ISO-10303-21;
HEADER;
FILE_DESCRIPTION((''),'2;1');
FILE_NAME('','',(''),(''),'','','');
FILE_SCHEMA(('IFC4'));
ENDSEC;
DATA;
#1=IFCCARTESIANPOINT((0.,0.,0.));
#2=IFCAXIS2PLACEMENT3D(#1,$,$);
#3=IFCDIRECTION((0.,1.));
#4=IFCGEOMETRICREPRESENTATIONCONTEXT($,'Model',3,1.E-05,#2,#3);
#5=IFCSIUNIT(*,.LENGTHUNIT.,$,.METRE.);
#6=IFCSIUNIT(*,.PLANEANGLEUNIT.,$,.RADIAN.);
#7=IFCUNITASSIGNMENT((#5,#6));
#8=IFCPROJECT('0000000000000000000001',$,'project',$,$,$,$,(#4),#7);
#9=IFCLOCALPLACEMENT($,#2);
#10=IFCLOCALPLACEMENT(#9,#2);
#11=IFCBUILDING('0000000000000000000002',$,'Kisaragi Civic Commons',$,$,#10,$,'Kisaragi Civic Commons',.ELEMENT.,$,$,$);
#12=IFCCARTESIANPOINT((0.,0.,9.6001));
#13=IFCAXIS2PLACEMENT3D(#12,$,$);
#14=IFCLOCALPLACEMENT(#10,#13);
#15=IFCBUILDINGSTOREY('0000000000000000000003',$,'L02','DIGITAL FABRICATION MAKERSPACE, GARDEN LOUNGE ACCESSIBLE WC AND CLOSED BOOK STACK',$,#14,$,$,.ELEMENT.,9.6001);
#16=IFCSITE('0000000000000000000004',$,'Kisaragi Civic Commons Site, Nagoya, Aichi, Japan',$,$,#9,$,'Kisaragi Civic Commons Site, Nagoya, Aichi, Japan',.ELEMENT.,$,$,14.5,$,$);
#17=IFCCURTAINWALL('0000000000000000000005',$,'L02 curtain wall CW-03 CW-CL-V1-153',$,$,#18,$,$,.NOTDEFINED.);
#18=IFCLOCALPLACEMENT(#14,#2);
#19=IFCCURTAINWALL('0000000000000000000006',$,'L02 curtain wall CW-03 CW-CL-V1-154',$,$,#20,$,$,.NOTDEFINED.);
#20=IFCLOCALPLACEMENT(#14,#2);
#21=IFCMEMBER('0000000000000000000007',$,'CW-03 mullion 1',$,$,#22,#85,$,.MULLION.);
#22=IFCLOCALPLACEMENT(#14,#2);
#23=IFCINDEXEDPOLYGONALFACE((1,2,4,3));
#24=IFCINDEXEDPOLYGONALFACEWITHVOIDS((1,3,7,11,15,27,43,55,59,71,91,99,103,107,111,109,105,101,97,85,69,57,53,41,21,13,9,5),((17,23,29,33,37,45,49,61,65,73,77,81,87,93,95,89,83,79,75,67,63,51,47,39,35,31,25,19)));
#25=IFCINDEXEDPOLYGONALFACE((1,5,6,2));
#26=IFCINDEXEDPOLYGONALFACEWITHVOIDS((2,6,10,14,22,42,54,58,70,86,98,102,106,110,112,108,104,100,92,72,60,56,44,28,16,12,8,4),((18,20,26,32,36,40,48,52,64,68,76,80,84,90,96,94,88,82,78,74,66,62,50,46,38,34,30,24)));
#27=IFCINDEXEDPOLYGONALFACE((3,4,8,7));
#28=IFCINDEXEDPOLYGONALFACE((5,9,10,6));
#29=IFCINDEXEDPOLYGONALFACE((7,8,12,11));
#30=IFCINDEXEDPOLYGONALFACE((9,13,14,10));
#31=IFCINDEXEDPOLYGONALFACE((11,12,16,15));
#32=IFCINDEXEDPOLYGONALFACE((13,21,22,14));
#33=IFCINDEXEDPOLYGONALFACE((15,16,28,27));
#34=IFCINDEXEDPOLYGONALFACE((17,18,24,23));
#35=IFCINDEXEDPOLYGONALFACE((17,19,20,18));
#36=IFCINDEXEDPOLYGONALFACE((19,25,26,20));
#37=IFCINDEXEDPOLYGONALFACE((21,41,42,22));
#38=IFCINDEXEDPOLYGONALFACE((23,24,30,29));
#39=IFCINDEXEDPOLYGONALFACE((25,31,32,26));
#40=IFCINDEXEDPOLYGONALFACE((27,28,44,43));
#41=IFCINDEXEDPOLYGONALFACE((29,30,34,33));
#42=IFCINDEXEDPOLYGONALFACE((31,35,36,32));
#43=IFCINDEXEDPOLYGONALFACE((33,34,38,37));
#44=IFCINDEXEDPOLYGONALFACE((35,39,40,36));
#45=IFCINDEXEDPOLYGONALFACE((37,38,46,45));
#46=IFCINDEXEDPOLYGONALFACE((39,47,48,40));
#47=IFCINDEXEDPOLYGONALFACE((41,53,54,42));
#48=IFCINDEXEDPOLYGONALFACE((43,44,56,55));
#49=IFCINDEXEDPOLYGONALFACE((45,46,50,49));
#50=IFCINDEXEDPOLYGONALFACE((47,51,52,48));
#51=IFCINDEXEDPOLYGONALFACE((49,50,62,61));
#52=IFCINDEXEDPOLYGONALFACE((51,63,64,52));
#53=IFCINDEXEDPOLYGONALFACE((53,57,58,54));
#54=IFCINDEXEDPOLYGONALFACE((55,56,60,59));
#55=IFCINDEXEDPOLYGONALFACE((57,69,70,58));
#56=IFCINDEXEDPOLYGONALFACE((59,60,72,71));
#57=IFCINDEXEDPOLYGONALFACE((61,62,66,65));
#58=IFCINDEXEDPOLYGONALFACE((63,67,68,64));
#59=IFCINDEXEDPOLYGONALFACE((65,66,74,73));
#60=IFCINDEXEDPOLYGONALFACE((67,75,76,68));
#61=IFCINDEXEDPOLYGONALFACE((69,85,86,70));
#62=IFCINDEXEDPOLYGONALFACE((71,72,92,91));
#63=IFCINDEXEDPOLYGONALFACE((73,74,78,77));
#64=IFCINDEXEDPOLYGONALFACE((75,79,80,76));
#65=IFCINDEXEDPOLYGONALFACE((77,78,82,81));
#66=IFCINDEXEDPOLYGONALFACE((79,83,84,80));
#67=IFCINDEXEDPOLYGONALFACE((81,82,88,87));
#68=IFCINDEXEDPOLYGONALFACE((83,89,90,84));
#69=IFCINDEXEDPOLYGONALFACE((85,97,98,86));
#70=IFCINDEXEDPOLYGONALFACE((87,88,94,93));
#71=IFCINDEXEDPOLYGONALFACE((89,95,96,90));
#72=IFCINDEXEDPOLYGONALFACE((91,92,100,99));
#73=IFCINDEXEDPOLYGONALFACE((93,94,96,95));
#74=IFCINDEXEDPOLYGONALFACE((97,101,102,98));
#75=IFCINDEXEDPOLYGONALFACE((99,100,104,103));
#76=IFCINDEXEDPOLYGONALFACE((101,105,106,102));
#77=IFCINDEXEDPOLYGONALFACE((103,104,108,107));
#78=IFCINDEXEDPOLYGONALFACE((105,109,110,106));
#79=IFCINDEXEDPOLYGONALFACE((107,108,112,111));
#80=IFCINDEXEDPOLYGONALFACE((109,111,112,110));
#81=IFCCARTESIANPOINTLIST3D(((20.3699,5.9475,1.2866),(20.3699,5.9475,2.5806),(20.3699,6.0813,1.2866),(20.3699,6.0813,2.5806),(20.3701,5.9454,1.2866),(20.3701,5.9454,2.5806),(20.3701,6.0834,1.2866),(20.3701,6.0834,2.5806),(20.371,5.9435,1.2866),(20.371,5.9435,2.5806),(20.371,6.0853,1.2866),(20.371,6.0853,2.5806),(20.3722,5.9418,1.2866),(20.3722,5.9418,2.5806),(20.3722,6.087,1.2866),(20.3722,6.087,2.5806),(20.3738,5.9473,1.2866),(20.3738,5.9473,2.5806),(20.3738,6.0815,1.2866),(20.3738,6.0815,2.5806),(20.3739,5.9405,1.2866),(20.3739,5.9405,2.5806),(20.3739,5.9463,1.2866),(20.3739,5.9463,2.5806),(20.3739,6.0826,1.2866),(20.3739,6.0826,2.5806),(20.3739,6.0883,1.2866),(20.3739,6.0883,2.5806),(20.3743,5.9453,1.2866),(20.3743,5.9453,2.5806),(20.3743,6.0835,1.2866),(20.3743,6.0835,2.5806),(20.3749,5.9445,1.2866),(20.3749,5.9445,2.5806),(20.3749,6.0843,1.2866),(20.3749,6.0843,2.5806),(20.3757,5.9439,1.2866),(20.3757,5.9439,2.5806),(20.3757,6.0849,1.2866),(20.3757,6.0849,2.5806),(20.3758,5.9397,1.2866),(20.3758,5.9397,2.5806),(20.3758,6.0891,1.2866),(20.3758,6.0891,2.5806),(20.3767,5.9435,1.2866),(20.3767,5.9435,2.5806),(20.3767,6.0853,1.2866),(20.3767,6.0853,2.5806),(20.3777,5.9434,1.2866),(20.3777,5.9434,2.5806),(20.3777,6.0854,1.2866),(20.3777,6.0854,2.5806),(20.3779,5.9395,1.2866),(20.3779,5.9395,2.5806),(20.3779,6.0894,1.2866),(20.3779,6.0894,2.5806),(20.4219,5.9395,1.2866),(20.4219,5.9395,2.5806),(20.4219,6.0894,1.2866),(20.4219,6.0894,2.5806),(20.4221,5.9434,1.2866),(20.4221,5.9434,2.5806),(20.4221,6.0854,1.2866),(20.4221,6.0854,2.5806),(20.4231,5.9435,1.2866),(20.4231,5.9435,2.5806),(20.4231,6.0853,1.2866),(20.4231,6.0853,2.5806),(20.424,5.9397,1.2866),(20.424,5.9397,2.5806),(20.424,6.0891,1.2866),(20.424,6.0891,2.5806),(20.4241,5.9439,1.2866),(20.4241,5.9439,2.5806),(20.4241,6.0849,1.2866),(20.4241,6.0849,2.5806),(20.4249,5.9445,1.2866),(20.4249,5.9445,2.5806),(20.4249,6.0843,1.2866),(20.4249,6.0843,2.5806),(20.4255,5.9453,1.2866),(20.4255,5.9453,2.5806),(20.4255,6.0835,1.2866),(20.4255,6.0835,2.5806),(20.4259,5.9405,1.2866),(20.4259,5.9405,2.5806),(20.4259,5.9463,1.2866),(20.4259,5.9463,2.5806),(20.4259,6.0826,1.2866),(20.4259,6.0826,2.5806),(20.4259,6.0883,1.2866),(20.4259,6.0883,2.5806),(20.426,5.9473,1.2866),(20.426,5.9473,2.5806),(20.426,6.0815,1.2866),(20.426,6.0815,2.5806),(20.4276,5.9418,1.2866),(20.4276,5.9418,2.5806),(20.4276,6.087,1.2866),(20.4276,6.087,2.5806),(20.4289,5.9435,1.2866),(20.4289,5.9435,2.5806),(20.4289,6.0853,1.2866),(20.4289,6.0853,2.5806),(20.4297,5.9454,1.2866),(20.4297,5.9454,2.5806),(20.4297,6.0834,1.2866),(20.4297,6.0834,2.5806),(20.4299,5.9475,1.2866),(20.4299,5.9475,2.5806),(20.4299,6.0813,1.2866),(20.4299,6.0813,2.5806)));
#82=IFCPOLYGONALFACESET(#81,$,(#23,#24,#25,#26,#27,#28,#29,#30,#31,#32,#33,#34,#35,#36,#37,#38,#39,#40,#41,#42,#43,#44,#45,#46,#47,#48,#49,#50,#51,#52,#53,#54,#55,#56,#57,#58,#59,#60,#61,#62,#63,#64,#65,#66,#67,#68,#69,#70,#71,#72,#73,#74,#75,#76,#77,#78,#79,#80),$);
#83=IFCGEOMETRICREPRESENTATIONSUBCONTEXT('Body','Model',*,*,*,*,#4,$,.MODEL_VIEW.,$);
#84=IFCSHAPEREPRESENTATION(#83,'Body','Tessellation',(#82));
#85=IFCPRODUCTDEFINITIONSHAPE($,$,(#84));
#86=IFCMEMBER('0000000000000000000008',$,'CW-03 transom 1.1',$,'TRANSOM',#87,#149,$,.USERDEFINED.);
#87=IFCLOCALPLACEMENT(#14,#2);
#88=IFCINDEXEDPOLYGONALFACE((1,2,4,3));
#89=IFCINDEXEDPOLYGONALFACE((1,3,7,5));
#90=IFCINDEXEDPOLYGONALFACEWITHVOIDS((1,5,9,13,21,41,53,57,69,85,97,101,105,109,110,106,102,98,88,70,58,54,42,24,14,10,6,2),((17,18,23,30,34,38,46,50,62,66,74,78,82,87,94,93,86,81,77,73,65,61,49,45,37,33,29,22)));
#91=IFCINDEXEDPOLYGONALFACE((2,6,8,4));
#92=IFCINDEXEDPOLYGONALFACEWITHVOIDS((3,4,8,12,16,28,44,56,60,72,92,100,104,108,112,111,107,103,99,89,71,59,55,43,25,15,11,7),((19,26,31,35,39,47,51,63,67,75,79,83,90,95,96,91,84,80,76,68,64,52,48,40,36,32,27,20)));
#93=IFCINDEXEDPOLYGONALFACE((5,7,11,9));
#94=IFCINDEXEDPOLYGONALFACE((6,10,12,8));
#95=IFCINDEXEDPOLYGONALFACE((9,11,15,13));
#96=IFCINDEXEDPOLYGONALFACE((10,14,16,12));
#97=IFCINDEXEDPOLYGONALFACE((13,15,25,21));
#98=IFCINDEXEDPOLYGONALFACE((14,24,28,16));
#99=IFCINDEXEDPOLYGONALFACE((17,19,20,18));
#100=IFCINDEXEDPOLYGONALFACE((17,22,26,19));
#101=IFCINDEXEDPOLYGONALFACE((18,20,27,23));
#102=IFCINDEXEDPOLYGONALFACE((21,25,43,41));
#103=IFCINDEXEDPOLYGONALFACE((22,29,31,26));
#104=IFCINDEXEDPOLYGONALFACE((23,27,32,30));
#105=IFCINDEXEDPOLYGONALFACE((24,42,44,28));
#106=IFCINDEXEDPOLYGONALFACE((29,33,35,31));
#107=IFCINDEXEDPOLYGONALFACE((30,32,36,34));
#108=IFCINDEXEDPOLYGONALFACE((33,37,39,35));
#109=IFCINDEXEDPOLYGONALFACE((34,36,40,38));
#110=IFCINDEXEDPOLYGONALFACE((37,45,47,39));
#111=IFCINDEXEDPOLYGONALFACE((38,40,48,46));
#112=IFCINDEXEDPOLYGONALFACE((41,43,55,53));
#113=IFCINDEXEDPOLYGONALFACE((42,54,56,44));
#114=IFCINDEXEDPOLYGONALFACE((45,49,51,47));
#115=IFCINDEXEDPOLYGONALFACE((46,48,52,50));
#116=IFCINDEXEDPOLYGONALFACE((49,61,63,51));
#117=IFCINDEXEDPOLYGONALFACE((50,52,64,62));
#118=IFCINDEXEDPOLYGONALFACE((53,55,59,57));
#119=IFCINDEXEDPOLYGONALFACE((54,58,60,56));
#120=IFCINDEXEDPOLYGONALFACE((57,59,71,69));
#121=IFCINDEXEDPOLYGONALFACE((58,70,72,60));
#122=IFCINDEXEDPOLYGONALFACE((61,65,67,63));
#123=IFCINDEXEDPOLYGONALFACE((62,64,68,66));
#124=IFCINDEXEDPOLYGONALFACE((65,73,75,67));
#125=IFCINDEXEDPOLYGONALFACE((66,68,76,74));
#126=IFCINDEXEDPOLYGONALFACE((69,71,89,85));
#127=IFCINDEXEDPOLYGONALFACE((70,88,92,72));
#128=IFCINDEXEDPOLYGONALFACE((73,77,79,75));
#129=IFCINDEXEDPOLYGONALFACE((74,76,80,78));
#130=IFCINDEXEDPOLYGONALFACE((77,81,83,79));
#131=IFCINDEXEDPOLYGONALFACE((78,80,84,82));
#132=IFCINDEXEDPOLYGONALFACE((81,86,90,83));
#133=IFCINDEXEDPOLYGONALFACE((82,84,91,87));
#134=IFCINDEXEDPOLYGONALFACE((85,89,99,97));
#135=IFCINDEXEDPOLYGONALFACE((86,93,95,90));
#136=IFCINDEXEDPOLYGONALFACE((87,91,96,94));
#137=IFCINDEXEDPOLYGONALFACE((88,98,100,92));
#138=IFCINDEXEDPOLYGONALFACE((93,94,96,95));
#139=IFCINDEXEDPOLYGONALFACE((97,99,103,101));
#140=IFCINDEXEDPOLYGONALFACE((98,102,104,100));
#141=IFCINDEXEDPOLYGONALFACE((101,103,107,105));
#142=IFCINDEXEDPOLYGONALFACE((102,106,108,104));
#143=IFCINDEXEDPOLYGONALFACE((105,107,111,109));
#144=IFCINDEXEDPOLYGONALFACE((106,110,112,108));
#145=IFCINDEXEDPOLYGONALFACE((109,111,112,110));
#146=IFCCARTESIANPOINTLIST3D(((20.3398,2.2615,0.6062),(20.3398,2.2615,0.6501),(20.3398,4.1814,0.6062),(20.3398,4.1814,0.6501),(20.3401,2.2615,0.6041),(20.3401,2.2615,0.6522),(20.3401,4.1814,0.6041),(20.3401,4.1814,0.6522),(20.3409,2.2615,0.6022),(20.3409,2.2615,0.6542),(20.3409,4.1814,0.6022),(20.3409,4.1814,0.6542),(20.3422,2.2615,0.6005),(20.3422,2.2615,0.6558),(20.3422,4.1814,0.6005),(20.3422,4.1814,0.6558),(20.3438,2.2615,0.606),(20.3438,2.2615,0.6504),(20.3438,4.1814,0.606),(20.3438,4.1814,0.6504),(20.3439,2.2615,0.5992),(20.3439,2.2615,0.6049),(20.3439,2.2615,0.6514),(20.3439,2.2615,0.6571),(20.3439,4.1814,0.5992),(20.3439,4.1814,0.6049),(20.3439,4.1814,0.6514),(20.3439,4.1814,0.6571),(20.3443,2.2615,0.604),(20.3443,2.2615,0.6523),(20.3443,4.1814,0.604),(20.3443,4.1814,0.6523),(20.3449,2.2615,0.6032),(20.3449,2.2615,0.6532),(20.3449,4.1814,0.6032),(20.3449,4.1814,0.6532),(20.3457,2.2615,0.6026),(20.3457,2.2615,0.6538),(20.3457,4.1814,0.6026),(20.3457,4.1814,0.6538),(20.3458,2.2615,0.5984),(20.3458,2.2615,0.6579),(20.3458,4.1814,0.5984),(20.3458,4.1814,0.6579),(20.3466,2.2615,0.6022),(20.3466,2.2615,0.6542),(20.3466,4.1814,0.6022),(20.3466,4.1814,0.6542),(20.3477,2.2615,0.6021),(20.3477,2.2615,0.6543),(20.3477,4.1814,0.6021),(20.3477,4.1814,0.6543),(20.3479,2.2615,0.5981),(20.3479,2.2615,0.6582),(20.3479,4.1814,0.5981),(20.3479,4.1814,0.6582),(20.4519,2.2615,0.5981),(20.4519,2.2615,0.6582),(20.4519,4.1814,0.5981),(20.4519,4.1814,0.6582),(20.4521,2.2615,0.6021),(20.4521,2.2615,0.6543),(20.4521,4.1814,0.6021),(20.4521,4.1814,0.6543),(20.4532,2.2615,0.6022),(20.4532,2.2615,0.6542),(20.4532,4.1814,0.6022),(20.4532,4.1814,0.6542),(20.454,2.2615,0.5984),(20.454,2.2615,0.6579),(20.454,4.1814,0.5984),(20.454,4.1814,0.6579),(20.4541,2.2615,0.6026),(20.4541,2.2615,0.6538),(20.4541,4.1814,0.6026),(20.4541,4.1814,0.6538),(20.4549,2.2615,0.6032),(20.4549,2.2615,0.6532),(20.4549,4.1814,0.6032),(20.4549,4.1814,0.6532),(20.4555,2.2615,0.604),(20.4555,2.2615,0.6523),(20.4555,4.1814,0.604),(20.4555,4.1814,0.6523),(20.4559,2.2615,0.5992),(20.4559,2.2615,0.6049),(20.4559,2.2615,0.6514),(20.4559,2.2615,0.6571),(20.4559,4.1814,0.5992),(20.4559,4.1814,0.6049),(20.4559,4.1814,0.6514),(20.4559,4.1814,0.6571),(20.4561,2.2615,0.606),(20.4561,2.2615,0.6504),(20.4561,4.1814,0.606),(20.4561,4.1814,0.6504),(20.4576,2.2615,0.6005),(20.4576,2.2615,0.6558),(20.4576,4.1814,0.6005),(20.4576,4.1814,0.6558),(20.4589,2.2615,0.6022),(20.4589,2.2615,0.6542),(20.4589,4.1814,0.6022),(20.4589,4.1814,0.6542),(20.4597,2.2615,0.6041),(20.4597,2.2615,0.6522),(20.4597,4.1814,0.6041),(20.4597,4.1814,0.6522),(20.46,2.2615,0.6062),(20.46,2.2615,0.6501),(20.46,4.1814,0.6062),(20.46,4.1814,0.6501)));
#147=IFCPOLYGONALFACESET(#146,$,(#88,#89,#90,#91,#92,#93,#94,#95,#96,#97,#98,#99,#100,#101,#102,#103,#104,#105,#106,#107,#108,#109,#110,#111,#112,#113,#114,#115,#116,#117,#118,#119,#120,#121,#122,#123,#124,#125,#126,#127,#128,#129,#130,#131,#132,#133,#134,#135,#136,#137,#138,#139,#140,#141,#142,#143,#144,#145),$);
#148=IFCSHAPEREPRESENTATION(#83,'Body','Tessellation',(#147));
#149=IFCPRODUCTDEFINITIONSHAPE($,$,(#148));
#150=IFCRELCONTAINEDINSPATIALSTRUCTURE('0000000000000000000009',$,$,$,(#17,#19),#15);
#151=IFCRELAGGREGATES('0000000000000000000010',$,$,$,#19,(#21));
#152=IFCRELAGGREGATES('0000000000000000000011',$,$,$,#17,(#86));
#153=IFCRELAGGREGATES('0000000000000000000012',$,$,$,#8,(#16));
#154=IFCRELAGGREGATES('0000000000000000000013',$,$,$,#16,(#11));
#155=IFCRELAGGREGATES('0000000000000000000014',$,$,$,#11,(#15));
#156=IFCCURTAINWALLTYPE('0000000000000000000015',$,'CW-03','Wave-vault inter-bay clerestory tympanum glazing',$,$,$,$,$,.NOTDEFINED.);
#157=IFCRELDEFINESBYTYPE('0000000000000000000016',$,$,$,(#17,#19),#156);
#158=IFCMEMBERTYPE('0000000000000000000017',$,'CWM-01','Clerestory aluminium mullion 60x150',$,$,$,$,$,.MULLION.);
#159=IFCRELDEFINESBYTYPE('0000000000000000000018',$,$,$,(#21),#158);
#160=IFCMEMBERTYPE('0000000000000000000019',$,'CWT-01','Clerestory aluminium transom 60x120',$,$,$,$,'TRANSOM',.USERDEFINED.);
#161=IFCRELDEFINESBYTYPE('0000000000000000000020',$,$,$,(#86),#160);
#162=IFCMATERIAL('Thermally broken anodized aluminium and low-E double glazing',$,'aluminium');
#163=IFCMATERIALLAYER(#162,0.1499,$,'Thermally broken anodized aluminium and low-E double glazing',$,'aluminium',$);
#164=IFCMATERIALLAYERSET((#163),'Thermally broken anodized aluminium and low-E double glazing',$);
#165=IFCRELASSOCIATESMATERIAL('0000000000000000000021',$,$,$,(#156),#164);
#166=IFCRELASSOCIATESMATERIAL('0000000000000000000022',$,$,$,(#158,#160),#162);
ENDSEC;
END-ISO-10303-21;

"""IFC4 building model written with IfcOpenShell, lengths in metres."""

from ifc_helpers import new_model, si_unit, direction, frame, origin, origin_2d, place, context, subcontext, project, spatial, hollow_rectangle, extrude, material, layer, layer_set, material_profile, profile_set, type_object, element, aggregate, save


model = new_model("IFC4")

# Units and contexts
model_context = context("Model", 3, precision=1e-05, world=origin(), true_north=direction((0.0, 1.0)))
body_context = subcontext(model_context, "Body", "Model", "MODEL_VIEW")
ifc_project = project(units=[si_unit("LENGTHUNIT", "METRE"), si_unit("PLANEANGLEUNIT", "RADIAN")], contexts=[model_context])

# Site, building, storey
site_placement = place(None, origin())
site = spatial("IfcSite", under=ifc_project, at=site_placement, Name="Kisaragi Civic Commons Site, Nagoya, Aichi, Japan", LongName="Kisaragi Civic Commons Site, Nagoya, Aichi, Japan", CompositionType="ELEMENT", RefElevation=14.5)
building_placement = place(site_placement, origin())
building = spatial("IfcBuilding", under=site, at=building_placement, Name="Kisaragi Civic Commons", LongName="Kisaragi Civic Commons", CompositionType="ELEMENT")
storey_placement = place(building_placement, frame((0.0, 0.0, 9.6001)))
storey = spatial("IfcBuildingStorey", under=building, at=storey_placement, Name="L02", Description="DIGITAL FABRICATION MAKERSPACE, GARDEN LOUNGE ACCESSIBLE WC AND CLOSED BOOK STACK", CompositionType="ELEMENT", Elevation=9.6001)

# Curtain wall
ifc_material_1 = material(Name="Thermally broken anodized aluminium and low-E double glazing", Category="aluminium")
ifc_layer_1 = layer(ifc_material_1, 0.1499, Name="Thermally broken anodized aluminium and low-E double glazing", Category="aluminium")
ifc_layer_set_1 = layer_set([ifc_layer_1], Name="Thermally broken anodized aluminium and low-E double glazing")
curtain_wall_type = type_object("IfcCurtainWallType", Name="CW-03", Description="Wave-vault inter-bay clerestory tympanum glazing", PredefinedType="NOTDEFINED", material=ifc_layer_set_1)
curtain_wall_1_placement = place(storey_placement, origin())
curtain_wall_1 = element("IfcCurtainWall", 1, at=curtain_wall_1_placement, inside=storey, type_object=curtain_wall_type, Name="L02 curtain wall CW-03 CW-CL-V1-153", PredefinedType="NOTDEFINED")
ifc_material_profile_1 = material_profile(ifc_material_1, hollow_rectangle(XDim=0.0601, YDim=0.1499, WallThickness=0.0039, InnerFilletRadius=0.0039, OuterFilletRadius=0.0081, at=origin_2d()), Name="CWM-60x150x4", Category="aluminium")
ifc_profile_set_1 = profile_set([ifc_material_profile_1], Name="Thermally broken anodized aluminium and low-E double glazing")
member_type_1 = type_object("IfcMemberType", Name="CWM-01", Description="Clerestory aluminium mullion 60x150", PredefinedType="MULLION", material=ifc_profile_set_1)

# Curtain wall, member
curtain_wall_2_placement = place(storey_placement, origin())
curtain_wall_2 = element("IfcCurtainWall", 2, at=curtain_wall_2_placement, inside=storey, type_object=curtain_wall_type, Name="L02 curtain wall CW-03 CW-CL-V1-154", PredefinedType="NOTDEFINED")
member_1_placement = place(storey_placement, frame((20.3999, 6.0144, 1.2866), z_axis=(0.0, 0.0, 1.0), x_axis=(-1.0, 0.0, 0.0)))
member_1 = element("IfcMember", 3, at=member_1_placement, type_object=member_type_1, Name="CW-03 mullion 1", PredefinedType="MULLION", context=body_context, shape_type="SweptSolid", body=[
    extrude(hollow_rectangle(XDim=0.0601, YDim=0.1499, WallThickness=0.0039, InnerFilletRadius=0.0039, OuterFilletRadius=0.0081, at=origin_2d()), origin(), (0.0, 0.0, 1.0), 1.2939),
])

# Member
ifc_material_profile_2 = material_profile(ifc_material_1, hollow_rectangle(XDim=0.1201, YDim=0.0601, WallThickness=0.0039, InnerFilletRadius=0.0039, OuterFilletRadius=0.0081, at=origin_2d()), Name="CWT-60x120x4", Category="aluminium")
ifc_profile_set_2 = profile_set([ifc_material_profile_2], Name="Thermally broken anodized aluminium and low-E double glazing")
member_type_2 = type_object("IfcMemberType", Name="CWT-01", Description="Clerestory aluminium transom 60x120", ElementType="TRANSOM", PredefinedType="USERDEFINED", material=ifc_profile_set_2)
member_2_placement = place(storey_placement, frame((20.3999, 2.2615, 0.6282), z_axis=(0.0, 1.0, 0.0), x_axis=(-1.0, 0.0, 0.0)))
member_2 = element("IfcMember", 4, at=member_2_placement, type_object=member_type_2, Name="CW-03 transom 1.1", ObjectType="TRANSOM", PredefinedType="USERDEFINED", context=body_context, shape_type="SweptSolid", body=[
    extrude(hollow_rectangle(XDim=0.1201, YDim=0.0601, WallThickness=0.0039, InnerFilletRadius=0.0039, OuterFilletRadius=0.0081, at=origin_2d()), origin(), (0.0, 0.0, 1.0), 1.9199),
])
aggregate(curtain_wall_2, [member_1])

aggregate(curtain_wall_1, [member_2])

save(model, "model.ifc")
